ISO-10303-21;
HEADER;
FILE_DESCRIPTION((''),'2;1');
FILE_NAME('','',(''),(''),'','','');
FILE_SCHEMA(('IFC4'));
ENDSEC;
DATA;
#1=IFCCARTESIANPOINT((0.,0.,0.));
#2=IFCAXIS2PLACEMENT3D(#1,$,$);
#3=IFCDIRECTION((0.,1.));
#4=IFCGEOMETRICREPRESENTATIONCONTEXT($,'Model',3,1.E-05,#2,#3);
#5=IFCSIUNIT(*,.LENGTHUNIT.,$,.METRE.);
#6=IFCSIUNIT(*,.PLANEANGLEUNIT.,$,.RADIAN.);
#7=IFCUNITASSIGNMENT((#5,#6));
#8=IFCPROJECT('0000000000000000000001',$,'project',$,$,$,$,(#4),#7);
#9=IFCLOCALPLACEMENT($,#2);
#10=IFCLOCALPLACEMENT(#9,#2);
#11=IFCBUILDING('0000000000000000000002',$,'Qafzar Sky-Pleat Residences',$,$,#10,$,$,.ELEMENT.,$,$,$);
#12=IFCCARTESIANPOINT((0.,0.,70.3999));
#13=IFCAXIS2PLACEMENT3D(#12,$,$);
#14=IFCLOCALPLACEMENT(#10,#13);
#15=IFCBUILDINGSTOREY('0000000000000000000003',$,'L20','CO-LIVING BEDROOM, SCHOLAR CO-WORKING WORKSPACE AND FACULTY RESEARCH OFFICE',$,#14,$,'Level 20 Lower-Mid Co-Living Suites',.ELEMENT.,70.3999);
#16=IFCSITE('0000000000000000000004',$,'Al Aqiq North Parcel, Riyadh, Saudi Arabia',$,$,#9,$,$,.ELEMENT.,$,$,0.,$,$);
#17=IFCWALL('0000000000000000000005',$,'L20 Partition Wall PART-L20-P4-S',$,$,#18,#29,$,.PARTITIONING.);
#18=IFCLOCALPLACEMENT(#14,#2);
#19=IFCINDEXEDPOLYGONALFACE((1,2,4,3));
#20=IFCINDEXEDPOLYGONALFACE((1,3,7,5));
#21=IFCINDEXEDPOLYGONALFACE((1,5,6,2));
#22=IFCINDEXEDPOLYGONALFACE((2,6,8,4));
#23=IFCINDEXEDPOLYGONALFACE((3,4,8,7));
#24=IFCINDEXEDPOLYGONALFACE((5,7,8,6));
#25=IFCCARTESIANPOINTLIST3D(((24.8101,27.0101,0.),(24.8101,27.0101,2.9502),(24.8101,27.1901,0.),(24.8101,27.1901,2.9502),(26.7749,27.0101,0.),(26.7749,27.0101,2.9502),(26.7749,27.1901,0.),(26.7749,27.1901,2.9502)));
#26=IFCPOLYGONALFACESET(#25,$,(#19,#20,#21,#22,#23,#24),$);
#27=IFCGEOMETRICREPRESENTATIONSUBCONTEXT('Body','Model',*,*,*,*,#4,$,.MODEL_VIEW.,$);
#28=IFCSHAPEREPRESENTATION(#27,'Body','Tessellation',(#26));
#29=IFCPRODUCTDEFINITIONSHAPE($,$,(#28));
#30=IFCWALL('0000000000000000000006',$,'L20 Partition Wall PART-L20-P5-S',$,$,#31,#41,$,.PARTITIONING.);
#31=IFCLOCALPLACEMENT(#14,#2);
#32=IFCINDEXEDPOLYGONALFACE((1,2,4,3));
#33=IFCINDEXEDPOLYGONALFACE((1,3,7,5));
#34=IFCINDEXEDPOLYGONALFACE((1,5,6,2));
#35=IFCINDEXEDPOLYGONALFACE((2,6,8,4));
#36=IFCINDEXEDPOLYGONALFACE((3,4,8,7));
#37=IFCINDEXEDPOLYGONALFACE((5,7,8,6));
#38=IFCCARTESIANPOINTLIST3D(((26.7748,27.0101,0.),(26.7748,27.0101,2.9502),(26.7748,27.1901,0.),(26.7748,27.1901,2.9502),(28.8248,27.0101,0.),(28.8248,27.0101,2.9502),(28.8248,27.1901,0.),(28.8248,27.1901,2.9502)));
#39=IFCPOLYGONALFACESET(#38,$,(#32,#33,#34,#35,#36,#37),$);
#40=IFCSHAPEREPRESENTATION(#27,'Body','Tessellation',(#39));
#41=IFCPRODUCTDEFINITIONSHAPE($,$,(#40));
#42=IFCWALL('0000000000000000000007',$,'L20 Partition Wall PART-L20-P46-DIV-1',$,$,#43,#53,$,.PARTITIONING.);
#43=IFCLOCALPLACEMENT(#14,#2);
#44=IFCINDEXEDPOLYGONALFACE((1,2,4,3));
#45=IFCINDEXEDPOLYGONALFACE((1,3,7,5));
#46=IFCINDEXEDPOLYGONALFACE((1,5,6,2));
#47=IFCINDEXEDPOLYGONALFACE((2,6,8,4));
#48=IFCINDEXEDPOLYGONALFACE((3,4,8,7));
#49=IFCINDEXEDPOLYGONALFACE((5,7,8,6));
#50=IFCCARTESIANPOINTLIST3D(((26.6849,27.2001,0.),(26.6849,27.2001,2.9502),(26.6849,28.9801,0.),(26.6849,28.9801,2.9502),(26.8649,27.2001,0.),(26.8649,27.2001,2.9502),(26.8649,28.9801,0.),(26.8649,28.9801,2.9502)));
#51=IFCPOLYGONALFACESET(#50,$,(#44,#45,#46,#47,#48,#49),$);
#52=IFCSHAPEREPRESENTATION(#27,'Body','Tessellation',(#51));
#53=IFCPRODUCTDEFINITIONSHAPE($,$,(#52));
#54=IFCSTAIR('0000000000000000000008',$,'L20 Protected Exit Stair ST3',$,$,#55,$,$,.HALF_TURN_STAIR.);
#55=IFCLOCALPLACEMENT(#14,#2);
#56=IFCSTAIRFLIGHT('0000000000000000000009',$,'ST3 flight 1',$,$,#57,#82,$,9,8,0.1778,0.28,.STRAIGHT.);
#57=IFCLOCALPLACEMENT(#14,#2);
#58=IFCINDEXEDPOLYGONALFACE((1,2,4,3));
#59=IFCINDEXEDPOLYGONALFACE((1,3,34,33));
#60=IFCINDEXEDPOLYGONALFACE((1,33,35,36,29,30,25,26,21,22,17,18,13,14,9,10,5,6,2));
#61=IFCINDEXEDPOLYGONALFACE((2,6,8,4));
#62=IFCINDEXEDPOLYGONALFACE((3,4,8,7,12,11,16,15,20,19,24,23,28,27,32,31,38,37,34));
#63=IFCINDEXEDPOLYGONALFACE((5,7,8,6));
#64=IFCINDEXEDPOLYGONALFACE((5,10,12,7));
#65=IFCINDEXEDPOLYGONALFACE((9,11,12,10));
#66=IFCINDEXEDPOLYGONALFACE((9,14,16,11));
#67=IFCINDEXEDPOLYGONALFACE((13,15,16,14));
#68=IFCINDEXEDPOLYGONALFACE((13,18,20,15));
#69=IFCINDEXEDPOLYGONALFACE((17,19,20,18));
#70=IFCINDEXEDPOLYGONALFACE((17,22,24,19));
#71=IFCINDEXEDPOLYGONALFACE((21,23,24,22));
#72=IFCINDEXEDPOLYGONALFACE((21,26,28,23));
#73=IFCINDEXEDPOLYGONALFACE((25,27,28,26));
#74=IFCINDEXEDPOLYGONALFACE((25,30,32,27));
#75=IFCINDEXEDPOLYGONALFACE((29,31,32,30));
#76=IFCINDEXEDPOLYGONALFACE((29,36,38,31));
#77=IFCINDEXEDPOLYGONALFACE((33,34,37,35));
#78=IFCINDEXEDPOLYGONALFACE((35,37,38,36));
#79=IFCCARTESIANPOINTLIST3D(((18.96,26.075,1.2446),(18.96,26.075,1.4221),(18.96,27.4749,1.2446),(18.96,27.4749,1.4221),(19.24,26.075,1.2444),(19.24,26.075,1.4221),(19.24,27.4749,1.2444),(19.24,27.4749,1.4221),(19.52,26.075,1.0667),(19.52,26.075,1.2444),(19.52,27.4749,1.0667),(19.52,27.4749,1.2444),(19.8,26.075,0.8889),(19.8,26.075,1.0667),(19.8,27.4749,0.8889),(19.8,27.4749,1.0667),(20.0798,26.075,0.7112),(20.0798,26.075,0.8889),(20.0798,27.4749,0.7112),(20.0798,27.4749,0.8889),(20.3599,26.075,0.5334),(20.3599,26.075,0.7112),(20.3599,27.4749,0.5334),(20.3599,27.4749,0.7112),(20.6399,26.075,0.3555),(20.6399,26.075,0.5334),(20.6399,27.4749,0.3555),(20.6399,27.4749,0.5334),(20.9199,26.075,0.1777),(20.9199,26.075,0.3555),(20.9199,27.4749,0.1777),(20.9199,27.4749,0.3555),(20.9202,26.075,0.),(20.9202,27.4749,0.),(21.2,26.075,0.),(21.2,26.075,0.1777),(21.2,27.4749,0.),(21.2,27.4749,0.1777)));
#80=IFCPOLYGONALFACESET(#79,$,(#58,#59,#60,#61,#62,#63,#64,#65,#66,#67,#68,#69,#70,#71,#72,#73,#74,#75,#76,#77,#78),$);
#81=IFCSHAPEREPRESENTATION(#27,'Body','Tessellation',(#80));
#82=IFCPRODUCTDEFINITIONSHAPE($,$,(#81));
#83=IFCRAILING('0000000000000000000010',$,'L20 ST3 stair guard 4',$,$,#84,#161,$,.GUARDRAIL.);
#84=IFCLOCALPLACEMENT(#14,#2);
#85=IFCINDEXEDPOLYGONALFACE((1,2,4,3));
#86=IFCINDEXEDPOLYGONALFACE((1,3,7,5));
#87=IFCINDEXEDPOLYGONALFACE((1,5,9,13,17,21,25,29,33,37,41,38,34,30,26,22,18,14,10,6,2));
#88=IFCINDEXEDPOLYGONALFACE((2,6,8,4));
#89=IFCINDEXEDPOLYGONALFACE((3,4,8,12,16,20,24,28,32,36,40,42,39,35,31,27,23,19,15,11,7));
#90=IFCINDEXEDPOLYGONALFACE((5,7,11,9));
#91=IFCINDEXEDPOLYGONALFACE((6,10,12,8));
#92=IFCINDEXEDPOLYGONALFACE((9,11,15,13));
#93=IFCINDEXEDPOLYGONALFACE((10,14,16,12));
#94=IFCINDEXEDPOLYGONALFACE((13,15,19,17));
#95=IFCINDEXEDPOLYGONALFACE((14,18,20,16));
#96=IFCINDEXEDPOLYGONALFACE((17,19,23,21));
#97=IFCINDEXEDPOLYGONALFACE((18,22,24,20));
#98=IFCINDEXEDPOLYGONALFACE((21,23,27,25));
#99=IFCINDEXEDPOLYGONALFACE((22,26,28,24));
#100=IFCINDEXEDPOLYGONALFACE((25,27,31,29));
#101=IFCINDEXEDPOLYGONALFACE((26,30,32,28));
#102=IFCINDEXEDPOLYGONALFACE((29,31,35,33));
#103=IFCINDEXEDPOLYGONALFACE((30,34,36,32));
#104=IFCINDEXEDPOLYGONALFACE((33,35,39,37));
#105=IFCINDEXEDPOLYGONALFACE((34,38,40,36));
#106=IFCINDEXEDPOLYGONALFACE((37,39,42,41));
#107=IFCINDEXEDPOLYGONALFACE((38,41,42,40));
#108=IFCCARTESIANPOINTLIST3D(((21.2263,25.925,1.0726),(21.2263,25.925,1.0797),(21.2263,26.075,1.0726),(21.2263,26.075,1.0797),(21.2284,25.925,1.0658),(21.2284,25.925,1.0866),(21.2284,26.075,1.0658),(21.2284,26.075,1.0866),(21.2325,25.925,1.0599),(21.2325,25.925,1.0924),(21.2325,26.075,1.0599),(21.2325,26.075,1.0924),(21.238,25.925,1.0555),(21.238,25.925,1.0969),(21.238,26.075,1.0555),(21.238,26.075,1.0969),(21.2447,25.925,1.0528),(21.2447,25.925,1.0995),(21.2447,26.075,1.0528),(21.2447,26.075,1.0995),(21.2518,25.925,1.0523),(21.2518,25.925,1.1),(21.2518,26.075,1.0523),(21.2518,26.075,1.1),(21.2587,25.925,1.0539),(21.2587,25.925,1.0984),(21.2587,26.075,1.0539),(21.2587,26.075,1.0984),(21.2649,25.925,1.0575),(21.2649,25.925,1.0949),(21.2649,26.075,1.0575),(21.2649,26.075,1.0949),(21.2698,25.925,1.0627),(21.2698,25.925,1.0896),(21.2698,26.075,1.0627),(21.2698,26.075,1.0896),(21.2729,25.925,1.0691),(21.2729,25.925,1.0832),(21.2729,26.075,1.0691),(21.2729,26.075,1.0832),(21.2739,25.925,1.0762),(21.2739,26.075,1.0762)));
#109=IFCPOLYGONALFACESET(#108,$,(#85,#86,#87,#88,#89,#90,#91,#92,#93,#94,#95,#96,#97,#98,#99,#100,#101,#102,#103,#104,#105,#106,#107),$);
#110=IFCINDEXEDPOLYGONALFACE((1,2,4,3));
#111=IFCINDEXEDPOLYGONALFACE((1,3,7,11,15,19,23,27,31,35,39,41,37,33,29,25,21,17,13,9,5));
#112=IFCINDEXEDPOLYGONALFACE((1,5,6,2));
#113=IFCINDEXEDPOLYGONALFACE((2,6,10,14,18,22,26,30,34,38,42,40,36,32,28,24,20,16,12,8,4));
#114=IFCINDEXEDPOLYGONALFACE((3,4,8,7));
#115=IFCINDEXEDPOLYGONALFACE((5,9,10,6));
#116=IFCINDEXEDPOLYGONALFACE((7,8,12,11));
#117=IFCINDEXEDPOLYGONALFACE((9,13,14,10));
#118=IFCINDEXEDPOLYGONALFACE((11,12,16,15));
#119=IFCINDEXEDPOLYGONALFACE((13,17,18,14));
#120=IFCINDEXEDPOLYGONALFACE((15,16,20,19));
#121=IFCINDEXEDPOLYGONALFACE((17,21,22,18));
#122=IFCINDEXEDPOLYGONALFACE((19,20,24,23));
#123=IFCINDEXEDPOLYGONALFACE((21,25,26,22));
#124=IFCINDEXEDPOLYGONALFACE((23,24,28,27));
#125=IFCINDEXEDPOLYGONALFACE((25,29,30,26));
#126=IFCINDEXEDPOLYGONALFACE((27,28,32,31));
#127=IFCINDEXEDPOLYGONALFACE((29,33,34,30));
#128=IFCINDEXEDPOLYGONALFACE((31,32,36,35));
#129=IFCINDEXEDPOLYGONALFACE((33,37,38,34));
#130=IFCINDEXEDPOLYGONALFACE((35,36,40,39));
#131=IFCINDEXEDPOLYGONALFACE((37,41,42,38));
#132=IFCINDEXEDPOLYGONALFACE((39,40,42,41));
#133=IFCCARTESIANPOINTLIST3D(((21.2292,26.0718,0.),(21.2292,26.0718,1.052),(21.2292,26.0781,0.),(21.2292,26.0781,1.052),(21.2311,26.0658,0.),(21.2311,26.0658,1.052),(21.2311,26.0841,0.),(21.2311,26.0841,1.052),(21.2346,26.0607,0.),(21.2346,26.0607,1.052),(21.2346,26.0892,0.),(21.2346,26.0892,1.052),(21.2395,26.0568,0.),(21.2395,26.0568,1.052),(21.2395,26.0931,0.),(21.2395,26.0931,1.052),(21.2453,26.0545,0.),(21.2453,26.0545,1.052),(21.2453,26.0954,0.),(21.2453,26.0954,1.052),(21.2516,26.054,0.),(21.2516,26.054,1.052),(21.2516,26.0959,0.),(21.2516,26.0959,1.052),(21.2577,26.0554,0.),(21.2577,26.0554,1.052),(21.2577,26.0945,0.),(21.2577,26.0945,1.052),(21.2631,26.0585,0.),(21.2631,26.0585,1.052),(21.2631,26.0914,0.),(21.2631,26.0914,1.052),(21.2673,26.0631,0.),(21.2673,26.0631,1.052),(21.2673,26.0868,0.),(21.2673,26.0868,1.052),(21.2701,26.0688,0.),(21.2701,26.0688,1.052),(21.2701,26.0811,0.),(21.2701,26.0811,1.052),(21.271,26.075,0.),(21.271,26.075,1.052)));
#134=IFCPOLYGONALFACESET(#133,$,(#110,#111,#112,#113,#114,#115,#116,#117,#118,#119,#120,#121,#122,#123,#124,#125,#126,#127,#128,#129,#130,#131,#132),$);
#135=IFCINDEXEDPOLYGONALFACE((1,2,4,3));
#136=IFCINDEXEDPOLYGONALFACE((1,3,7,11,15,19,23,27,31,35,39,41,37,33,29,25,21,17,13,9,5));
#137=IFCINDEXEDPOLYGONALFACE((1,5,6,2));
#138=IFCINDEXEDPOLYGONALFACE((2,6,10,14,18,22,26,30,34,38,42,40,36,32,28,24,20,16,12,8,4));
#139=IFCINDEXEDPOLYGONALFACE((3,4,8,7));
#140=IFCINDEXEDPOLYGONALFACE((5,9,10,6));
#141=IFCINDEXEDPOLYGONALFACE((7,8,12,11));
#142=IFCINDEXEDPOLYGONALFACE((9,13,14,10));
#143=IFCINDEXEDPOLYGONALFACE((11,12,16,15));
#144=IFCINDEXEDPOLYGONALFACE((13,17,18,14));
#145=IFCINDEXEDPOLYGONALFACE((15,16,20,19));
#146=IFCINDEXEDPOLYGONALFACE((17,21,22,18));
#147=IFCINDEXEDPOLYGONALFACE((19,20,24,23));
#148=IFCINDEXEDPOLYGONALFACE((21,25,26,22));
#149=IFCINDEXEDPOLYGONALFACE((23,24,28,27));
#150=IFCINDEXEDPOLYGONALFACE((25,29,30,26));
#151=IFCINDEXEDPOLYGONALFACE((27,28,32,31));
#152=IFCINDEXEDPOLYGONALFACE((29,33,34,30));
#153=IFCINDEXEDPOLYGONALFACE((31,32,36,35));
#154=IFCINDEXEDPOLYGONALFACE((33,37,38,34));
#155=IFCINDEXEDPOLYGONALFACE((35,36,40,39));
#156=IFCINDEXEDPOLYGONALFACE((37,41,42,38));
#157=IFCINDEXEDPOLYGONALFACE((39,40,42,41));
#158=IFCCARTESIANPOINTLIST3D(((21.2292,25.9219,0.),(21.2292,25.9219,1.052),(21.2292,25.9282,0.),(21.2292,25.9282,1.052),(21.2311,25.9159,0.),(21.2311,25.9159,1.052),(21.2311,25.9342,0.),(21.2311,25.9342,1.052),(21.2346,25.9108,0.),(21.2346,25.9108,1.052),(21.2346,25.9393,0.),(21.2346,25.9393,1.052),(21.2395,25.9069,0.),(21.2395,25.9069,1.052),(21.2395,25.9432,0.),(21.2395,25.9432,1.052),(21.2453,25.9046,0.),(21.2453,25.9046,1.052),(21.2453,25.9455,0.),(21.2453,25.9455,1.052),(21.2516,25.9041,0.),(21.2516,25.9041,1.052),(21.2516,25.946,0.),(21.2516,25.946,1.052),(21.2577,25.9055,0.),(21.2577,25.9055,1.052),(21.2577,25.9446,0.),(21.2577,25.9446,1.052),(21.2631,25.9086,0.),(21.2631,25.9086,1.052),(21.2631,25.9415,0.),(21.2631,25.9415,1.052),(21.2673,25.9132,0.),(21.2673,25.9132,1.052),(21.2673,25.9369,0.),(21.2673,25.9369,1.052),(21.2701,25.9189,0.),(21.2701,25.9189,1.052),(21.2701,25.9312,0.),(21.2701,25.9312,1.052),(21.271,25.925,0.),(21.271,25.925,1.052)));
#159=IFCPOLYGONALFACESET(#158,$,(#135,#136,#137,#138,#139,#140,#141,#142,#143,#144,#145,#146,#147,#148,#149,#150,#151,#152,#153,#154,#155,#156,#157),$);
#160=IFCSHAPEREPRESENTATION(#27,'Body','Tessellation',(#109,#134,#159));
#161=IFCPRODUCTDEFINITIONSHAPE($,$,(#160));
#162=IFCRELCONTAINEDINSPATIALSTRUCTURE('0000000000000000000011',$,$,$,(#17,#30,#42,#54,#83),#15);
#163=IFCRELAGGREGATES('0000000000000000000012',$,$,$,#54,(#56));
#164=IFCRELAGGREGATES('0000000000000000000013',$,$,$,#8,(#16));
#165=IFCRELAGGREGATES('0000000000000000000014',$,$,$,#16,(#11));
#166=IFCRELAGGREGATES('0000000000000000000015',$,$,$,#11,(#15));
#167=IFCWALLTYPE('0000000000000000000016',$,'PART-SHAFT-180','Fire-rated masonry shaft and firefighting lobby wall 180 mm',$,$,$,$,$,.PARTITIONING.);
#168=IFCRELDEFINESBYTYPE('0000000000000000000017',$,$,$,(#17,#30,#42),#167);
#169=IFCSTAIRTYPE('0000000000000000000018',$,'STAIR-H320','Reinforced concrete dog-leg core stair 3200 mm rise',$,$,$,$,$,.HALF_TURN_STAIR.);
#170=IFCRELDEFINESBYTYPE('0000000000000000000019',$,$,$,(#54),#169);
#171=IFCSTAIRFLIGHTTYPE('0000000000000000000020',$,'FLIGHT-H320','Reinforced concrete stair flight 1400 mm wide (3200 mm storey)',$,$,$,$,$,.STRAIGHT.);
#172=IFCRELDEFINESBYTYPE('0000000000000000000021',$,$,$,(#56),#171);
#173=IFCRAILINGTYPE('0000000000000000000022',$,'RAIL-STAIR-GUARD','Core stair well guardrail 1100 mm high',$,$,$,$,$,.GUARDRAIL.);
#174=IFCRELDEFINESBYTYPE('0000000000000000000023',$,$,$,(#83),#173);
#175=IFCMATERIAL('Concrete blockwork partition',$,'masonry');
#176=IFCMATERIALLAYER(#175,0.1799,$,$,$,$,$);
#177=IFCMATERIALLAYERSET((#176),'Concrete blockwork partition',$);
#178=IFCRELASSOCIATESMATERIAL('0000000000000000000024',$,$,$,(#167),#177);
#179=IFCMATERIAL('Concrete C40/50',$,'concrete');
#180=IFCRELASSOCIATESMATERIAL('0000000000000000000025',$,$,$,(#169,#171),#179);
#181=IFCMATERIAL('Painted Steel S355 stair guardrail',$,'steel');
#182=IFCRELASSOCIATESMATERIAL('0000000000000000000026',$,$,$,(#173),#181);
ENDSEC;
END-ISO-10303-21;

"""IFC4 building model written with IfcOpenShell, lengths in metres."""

from ifc_helpers import new_model, si_unit, direction, frame, frame_2d, origin, origin_2d, place, context, subcontext, project, spatial, polyline, rectangle, circle, outline, extrude, source, transform, mapped, material, layer, layer_set, type_object, element, aggregate, save


model = new_model("IFC4")

# Units and contexts
model_context = context("Model", 3, precision=1e-05, world=origin(), true_north=direction((0.0, 1.0)))
body_context = subcontext(model_context, "Body", "Model", "MODEL_VIEW")
ifc_project = project(units=[si_unit("LENGTHUNIT", "METRE"), si_unit("PLANEANGLEUNIT", "RADIAN")], contexts=[model_context])

# Site, building, storey
site_placement = place(None, origin())
site = spatial("IfcSite", under=ifc_project, at=site_placement, Name="Al Aqiq North Parcel, Riyadh, Saudi Arabia", CompositionType="ELEMENT", RefElevation=0.0)
building_placement = place(site_placement, origin())
building = spatial("IfcBuilding", under=site, at=building_placement, Name="Qafzar Sky-Pleat Residences", CompositionType="ELEMENT")
storey_placement = place(building_placement, frame((0.0, 0.0, 70.3999)))
storey = spatial("IfcBuildingStorey", under=building, at=storey_placement, Name="L20", Description="CO-LIVING BEDROOM, SCHOLAR CO-WORKING WORKSPACE AND FACULTY RESEARCH OFFICE", LongName="Level 20 Lower-Mid Co-Living Suites", CompositionType="ELEMENT", Elevation=70.3999)

# Shared definitions
ifc_material_1 = material(Name="Concrete blockwork partition", Category="masonry")
ifc_layer_1 = layer(ifc_material_1, 0.1799)
ifc_layer_set_1 = layer_set([ifc_layer_1], Name="Concrete blockwork partition")
wall_type_1 = type_object("IfcWallType", Name="PART-SHAFT-180", Description="Fire-rated masonry shaft and firefighting lobby wall 180 mm", PredefinedType="PARTITIONING", material=ifc_layer_set_1)

# Walls
wall_1_placement = place(storey_placement, frame((24.8101, 27.1001, 0.0), z_axis=(0.0, 0.0, 1.0), x_axis=(1.0, 0.0, 0.0)))
element("IfcWall", 1, at=wall_1_placement, inside=storey, type_object=wall_type_1, Name="L20 Partition Wall PART-L20-P4-S", PredefinedType="PARTITIONING", context=body_context, shape_type="SweptSolid", body=[
    extrude(rectangle(XDim=1.9648, YDim=0.1799, at=frame_2d((0.9824, 0.0))), origin(), (0.0, 0.0, 1.0), 2.9502),
])
wall_2_placement = place(storey_placement, frame((26.7749, 27.1001, 0.0), z_axis=(0.0, 0.0, 1.0), x_axis=(1.0, 0.0, 0.0)))
element("IfcWall", 2, at=wall_2_placement, inside=storey, type_object=wall_type_1, Name="L20 Partition Wall PART-L20-P5-S", PredefinedType="PARTITIONING", context=body_context, shape_type="SweptSolid", body=[
    extrude(rectangle(XDim=2.05, YDim=0.1799, at=frame_2d((1.0249, 0.0))), origin(), (0.0, 0.0, 1.0), 2.9502),
])
wall_3_placement = place(storey_placement, frame((26.7749, 27.2, 0.0), z_axis=(0.0, 0.0, 1.0), x_axis=(0.0, 1.0, 0.0)))
element("IfcWall", 3, at=wall_3_placement, inside=storey, type_object=wall_type_1, Name="L20 Partition Wall PART-L20-P46-DIV-1", PredefinedType="PARTITIONING", context=body_context, shape_type="SweptSolid", body=[
    extrude(rectangle(XDim=1.78, YDim=0.1799, at=frame_2d((0.8901, 0.0))), origin(), (0.0, 0.0, 1.0), 2.9502),
])

# Stair, stair flight
ifc_material_2 = material(Name="Concrete C40/50", Category="concrete")
stair_type = type_object("IfcStairType", Name="STAIR-H320", Description="Reinforced concrete dog-leg core stair 3200 mm rise", PredefinedType="HALF_TURN_STAIR", material=ifc_material_2)
stair_placement = place(storey_placement, origin())
stair = element("IfcStair", 4, at=stair_placement, inside=storey, type_object=stair_type, Name="L20 Protected Exit Stair ST3", PredefinedType="HALF_TURN_STAIR")
stair_flight_type = type_object("IfcStairFlightType", Name="FLIGHT-H320", Description="Reinforced concrete stair flight 1400 mm wide (3200 mm storey)", PredefinedType="STRAIGHT", material=ifc_material_2)
shared_shape_1 = source(origin(), body_context, "Body", "SweptSolid", [
    extrude(outline(polyline([(0.0, 0.0), (0.0, 0.1777), (0.28, 0.1777), (0.28, 0.3555), (0.5601, 0.3555), (0.5601, 0.5334), (0.8401, 0.5334), (0.8401, 0.7112), (1.1201, 0.7112), (1.1201, 0.8889), (1.3999, 0.8889), (1.3999, 1.0667), (1.6799, 1.0667), (1.6799, 1.2444), (1.96, 1.2444), (1.96, 1.4221), (2.24, 1.4221), (2.24, 1.6001), (2.24, 1.2446), (0.2798, 0.0), (0.0, 0.0)])), frame((0.0, 0.7, 0.0), z_axis=(0.0, -1.0, 0.0), x_axis=(1.0, 0.0, 0.0)), (0.0, 0.0, 1.0), 1.3999),
])
stair_flight_placement = place(storey_placement, frame((21.2, 26.7749, 0.0), z_axis=(0.0, 0.0, 1.0), x_axis=(-1.0, 0.0, 0.0)))
stair_flight = element("IfcStairFlight", 5, at=stair_flight_placement, type_object=stair_flight_type, Name="ST3 flight 1", NumberOfRisers=9, NumberOfTreads=8, PredefinedType="STRAIGHT", RiserHeight=0.1778, TreadLength=0.28, context=body_context, shape_type="MappedRepresentation", body=[
    mapped(shared_shape_1, transform((0.0, 0.0, 0.0), x_axis=(1.0, 0.0, 0.0), y_axis=(0.0, 1.0, 0.0), z_axis=(0.0, 0.0, 1.0), scale=1.0)),
])
aggregate(stair, [stair_flight])

# Railing
ifc_material_3 = material(Name="Painted Steel S355 stair guardrail", Category="steel")
railing_type = type_object("IfcRailingType", Name="RAIL-STAIR-GUARD", Description="Core stair well guardrail 1100 mm high", PredefinedType="GUARDRAIL", material=ifc_material_3)
shared_shape_2 = source(origin(), body_context, "Body", "SweptSolid", [
    extrude(circle(Radius=0.0239, at=origin_2d()), frame((0.0, 0.0, 1.0762), z_axis=(0.0, -1.0, 0.0), x_axis=(1.0, 0.0, 0.0)), (0.0, 0.0, 1.0), 0.1499),
    extrude(circle(Radius=0.021, at=origin_2d()), origin(), (0.0, 0.0, 1.0), 1.052),
    extrude(circle(Radius=0.021, at=origin_2d()), frame((0.0, -0.1499, 0.0)), (0.0, 0.0, 1.0), 1.052),
])
railing_1_placement = place(storey_placement, frame((21.25, 26.075, 0.0)))
element("IfcRailing", 6, at=railing_1_placement, inside=storey, type_object=railing_type, Name="L20 ST3 stair guard 4", PredefinedType="GUARDRAIL", context=body_context, shape_type="MappedRepresentation", body=[
    mapped(shared_shape_2, transform((0.0, 0.0, 0.0), x_axis=(1.0, 0.0, 0.0), y_axis=(0.0, 1.0, 0.0), z_axis=(0.0, 0.0, 1.0), scale=1.0)),
])

save(model, "model.ifc")
